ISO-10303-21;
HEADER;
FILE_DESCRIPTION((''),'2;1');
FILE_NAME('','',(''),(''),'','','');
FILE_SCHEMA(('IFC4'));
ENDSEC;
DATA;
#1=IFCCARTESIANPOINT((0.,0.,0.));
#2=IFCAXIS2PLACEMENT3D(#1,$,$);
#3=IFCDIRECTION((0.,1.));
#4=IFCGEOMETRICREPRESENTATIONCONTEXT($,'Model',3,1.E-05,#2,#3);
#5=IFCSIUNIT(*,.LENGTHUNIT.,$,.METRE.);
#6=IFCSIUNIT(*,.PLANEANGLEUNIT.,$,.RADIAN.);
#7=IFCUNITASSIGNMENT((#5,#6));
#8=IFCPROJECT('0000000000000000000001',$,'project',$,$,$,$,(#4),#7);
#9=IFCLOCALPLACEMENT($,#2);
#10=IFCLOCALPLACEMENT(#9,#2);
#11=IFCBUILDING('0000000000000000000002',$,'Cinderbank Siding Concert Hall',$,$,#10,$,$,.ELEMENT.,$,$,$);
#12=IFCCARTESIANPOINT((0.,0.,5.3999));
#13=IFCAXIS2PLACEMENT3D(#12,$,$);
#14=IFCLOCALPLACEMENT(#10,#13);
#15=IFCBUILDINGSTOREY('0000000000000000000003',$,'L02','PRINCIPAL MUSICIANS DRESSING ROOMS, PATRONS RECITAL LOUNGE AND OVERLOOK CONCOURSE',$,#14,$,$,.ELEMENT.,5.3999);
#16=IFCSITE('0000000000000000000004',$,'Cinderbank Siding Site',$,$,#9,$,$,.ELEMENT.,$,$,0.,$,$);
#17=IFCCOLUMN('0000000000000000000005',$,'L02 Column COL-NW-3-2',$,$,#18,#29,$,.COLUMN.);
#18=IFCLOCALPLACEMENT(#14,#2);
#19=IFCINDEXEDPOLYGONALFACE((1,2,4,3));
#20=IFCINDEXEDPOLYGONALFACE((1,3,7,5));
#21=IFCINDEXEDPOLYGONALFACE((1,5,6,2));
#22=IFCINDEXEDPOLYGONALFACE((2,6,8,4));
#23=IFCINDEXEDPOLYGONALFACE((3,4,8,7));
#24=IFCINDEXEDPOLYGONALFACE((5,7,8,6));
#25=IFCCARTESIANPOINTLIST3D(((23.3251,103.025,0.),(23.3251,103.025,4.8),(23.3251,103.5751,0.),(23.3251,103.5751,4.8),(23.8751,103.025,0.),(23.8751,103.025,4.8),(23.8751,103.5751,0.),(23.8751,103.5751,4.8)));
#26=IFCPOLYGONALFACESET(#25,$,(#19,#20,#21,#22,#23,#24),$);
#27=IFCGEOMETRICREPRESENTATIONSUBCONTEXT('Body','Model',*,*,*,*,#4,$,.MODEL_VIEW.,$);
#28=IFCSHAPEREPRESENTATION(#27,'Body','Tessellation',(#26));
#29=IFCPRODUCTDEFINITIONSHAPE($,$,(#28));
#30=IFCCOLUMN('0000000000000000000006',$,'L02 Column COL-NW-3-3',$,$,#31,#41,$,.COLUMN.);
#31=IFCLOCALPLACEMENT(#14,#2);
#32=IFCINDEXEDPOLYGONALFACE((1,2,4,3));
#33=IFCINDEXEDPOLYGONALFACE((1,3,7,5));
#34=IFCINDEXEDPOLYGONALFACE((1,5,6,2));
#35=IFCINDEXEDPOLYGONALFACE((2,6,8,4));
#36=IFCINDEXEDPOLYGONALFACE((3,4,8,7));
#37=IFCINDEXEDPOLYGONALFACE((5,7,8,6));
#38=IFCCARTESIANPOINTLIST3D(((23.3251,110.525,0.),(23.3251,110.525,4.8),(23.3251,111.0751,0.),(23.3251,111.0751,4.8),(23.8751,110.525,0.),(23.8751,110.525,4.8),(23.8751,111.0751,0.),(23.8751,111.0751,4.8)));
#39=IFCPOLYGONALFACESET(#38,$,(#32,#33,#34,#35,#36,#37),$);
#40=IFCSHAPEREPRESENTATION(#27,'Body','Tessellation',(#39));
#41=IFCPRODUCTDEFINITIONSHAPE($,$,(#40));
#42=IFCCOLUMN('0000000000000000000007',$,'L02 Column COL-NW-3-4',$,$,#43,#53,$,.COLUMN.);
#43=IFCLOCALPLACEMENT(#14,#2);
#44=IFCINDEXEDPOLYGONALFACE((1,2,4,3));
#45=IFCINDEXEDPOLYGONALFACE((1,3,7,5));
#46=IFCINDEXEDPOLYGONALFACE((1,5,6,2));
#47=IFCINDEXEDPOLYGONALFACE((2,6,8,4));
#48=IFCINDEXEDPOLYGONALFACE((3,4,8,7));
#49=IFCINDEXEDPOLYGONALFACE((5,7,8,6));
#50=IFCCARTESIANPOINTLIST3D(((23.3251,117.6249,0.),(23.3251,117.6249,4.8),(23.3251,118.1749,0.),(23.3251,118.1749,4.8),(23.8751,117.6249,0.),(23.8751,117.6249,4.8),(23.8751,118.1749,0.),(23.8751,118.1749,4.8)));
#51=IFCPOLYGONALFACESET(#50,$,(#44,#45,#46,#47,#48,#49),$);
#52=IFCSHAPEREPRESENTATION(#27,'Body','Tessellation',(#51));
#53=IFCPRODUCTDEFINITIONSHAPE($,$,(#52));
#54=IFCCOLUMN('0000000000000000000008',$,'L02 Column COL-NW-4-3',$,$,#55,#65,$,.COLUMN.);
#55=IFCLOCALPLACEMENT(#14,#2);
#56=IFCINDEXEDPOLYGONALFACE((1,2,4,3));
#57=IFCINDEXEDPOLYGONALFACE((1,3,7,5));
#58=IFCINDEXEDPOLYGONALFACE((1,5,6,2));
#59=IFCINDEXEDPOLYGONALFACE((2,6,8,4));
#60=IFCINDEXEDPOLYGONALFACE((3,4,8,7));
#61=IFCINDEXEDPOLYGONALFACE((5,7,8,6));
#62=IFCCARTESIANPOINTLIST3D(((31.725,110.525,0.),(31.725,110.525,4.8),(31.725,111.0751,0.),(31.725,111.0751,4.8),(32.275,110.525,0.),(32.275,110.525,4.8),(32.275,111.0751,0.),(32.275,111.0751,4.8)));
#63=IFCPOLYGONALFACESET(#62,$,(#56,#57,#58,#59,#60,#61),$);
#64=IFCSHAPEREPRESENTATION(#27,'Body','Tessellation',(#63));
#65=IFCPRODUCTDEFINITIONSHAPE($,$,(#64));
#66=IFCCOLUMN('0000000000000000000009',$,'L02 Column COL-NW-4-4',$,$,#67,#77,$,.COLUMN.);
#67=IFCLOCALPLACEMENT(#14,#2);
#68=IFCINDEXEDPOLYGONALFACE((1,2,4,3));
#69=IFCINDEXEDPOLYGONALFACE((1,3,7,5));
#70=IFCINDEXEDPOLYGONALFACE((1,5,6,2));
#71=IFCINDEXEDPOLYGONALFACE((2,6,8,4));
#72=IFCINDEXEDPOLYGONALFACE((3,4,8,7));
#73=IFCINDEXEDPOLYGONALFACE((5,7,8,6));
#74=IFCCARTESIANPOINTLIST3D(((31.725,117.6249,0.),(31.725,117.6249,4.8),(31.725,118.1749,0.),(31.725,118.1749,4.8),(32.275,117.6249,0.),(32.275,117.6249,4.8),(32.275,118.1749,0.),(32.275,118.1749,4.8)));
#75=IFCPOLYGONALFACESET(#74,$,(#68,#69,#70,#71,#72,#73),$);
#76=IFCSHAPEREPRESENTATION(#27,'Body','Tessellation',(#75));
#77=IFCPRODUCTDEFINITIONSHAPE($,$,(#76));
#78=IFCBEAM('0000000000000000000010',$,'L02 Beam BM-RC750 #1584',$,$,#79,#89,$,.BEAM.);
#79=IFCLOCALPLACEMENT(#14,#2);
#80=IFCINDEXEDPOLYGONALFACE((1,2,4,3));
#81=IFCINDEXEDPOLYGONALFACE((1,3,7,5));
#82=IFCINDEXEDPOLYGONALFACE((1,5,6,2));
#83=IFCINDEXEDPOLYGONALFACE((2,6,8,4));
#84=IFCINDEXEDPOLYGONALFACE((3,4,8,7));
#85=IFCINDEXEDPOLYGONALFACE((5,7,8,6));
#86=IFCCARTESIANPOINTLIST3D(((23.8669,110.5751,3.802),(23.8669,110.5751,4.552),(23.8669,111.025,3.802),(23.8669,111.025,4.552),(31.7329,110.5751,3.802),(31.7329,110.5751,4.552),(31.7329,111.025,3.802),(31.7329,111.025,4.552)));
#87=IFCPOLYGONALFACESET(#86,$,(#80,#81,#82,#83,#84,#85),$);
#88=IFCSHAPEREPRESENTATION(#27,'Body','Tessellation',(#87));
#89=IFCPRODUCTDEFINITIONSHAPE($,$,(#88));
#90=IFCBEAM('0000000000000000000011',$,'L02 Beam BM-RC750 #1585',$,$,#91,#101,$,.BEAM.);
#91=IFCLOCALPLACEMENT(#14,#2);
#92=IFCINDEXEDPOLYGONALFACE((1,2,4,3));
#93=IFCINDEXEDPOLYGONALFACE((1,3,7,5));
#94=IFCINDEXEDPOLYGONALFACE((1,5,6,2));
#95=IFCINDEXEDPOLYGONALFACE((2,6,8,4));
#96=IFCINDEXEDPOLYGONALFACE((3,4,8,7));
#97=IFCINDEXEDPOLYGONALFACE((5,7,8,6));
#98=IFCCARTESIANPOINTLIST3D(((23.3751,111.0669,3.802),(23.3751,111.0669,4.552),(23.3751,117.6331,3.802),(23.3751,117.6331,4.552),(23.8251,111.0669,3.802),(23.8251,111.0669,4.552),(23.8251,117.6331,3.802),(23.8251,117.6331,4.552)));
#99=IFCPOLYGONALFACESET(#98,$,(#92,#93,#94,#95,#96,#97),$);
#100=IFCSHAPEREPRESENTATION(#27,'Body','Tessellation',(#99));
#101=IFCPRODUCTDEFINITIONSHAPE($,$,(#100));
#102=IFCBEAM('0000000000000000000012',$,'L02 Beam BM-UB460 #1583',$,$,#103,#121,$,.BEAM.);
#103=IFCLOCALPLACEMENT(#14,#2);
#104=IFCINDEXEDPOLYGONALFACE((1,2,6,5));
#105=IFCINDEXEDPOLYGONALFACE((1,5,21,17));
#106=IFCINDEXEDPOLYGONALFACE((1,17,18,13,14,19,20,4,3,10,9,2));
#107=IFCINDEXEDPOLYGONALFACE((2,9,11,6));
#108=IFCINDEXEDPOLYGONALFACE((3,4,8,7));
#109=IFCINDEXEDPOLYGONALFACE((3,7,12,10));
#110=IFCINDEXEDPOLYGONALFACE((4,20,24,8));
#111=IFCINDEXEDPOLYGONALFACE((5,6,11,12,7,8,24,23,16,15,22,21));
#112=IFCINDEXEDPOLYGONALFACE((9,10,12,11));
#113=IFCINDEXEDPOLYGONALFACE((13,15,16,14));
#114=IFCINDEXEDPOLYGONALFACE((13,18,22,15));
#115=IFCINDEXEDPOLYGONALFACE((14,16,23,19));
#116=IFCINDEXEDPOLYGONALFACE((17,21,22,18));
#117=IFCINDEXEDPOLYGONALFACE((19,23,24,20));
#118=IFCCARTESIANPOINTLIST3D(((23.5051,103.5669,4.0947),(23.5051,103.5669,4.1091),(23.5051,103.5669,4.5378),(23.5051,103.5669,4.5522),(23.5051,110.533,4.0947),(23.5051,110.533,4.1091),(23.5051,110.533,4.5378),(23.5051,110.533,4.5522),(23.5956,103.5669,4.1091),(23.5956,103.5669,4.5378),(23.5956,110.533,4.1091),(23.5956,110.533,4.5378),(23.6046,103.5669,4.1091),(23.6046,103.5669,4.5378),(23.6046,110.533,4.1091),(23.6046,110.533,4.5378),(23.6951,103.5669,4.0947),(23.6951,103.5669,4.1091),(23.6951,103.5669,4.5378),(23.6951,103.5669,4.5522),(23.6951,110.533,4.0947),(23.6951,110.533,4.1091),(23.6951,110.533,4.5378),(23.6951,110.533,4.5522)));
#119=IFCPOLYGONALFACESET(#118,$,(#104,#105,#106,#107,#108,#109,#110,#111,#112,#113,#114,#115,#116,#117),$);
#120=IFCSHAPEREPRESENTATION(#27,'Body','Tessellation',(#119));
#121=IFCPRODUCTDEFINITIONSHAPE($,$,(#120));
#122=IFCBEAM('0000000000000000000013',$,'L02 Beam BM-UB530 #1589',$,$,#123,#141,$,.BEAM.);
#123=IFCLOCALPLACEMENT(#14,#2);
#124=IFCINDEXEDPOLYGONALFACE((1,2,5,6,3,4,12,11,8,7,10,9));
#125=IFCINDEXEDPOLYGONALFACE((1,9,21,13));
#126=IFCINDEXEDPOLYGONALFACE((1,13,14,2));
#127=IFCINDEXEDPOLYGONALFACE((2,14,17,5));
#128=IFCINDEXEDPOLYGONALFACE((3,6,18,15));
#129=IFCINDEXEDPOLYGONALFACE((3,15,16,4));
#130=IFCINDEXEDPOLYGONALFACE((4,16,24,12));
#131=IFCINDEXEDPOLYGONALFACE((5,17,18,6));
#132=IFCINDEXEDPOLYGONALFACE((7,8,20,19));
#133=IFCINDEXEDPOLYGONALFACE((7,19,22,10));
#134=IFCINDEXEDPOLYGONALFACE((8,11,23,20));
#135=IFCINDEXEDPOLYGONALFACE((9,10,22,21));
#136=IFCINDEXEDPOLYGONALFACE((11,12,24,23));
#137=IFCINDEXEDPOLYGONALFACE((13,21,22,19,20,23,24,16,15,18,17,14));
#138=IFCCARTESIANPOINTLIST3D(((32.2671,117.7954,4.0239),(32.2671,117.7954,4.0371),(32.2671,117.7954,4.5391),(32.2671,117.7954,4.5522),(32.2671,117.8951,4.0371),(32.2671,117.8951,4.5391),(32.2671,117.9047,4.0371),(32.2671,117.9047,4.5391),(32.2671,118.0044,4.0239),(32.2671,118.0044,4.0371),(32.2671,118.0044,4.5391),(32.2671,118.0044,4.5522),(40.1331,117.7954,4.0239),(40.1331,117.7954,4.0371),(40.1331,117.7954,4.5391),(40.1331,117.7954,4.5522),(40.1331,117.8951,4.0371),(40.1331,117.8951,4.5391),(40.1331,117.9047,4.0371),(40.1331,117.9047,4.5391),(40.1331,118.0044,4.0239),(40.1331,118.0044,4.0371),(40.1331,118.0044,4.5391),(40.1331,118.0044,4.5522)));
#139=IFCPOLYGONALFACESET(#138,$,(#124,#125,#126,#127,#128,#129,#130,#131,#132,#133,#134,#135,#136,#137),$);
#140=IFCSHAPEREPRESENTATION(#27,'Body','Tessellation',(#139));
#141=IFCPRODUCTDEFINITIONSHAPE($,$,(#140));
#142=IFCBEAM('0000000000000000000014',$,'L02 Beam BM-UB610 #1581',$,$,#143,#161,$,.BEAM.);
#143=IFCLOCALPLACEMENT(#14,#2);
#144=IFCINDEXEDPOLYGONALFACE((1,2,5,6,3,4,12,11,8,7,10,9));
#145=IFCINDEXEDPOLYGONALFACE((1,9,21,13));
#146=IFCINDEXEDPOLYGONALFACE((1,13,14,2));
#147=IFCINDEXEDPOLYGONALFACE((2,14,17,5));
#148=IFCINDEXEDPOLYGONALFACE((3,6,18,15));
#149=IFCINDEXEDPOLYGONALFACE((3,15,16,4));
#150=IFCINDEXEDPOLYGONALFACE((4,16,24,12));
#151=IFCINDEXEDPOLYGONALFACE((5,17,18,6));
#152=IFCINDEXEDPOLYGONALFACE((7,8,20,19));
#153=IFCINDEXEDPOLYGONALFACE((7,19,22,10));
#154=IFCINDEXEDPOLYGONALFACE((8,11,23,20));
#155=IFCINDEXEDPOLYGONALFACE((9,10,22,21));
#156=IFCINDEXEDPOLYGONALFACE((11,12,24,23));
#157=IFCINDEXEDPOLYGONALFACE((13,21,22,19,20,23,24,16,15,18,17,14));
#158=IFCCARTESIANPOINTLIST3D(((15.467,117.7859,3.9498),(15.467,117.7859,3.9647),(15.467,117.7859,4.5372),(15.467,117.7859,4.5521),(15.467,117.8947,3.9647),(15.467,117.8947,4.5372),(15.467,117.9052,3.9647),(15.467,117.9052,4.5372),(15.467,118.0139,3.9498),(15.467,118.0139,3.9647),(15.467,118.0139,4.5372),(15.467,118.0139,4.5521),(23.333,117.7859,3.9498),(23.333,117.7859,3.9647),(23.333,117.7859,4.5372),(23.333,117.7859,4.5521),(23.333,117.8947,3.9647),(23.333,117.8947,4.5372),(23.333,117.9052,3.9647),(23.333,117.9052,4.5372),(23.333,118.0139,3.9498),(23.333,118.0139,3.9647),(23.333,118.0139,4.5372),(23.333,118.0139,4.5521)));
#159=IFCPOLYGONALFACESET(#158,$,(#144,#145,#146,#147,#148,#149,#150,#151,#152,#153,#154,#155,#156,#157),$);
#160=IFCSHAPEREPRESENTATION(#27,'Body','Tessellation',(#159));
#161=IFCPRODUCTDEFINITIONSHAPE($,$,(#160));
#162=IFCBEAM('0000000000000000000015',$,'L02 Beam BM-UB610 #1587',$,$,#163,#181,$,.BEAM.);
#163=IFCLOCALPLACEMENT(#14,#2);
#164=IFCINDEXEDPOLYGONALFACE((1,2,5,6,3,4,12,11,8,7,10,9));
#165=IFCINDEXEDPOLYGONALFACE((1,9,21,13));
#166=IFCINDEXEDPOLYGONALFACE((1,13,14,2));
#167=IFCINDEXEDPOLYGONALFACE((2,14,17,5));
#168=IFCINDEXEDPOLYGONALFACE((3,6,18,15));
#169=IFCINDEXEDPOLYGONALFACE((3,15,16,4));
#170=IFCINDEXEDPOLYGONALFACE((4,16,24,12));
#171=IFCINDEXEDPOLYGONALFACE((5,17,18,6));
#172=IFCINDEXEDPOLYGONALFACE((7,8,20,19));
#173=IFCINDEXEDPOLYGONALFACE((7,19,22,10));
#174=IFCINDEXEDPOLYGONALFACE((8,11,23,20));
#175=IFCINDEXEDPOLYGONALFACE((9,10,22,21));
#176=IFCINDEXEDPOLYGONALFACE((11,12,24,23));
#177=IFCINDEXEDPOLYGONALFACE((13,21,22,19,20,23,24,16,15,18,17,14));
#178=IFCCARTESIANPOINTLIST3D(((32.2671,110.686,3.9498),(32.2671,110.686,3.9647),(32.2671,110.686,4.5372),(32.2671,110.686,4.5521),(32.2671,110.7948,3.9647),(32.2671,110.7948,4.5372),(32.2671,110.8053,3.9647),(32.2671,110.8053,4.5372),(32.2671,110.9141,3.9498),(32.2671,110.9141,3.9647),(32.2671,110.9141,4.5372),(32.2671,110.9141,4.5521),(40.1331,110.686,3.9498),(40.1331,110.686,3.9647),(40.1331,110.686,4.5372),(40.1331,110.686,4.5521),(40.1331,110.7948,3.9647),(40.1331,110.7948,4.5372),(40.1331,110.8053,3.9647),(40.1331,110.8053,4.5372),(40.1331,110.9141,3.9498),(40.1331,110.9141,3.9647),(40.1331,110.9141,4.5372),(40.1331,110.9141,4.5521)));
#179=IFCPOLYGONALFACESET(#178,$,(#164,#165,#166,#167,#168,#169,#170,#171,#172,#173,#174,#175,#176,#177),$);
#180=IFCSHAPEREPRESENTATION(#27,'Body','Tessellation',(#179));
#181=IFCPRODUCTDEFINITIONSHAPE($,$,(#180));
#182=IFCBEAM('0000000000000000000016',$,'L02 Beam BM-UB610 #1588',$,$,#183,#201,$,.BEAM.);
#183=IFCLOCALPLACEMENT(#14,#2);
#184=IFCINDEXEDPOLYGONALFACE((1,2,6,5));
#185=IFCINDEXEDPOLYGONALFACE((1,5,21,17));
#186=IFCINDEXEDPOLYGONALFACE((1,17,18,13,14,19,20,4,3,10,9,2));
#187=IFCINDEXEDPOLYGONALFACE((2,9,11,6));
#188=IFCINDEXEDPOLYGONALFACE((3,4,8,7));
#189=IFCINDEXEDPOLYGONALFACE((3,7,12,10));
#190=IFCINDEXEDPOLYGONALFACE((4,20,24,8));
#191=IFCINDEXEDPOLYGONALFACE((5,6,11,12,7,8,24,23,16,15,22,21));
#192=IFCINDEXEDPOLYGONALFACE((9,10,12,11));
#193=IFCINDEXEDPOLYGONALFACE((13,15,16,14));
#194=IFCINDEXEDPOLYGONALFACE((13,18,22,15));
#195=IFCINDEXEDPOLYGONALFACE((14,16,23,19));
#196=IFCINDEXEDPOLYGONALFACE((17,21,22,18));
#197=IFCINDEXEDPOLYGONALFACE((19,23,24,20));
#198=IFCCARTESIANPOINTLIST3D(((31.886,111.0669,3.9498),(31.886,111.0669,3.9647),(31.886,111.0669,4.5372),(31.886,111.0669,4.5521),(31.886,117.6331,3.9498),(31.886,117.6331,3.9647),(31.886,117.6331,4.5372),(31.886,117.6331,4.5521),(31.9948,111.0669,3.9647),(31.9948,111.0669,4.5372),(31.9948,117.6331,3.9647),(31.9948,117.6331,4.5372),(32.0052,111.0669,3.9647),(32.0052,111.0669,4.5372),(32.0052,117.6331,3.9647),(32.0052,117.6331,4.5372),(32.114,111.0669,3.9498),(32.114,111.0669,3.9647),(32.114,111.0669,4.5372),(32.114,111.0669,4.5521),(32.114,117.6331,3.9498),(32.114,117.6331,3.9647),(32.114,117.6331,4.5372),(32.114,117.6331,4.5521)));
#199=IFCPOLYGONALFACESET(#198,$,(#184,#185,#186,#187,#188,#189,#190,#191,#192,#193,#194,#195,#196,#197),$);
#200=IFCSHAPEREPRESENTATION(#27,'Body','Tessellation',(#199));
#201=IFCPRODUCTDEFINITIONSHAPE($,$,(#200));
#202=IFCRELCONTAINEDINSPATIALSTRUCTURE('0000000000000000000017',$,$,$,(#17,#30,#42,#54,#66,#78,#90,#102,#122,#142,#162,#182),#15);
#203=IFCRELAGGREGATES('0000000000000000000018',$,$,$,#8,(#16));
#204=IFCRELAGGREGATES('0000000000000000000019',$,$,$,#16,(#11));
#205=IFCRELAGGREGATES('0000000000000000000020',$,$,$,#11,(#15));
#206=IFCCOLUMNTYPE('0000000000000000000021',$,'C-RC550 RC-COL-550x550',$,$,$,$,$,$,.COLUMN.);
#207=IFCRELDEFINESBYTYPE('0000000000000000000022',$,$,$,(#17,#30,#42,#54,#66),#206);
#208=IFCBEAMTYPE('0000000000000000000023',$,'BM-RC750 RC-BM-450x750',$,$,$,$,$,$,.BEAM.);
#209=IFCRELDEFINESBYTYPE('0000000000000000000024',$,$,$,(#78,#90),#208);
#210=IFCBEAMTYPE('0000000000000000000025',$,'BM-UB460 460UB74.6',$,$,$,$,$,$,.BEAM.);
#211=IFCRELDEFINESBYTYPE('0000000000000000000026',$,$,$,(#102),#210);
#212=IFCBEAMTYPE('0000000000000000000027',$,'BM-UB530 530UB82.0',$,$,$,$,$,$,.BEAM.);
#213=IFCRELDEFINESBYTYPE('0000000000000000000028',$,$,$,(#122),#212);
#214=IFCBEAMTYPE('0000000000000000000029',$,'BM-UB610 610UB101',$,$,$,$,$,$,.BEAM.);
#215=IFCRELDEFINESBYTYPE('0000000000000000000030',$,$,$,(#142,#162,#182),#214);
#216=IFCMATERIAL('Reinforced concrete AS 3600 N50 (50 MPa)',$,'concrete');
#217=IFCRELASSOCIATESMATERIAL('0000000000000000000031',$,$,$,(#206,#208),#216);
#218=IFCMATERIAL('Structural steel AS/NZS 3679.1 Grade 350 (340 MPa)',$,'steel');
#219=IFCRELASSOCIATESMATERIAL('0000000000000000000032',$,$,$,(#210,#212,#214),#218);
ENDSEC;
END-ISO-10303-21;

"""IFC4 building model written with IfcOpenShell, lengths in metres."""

from ifc_helpers import new_model, si_unit, direction, frame, origin, origin_2d, place, context, subcontext, project, spatial, rectangle, i_section, extrude, material, material_profile, profile_set, type_object, element, save


model = new_model("IFC4")

# Units and contexts
model_context = context("Model", 3, precision=1e-05, world=origin(), true_north=direction((0.0, 1.0)))
body_context = subcontext(model_context, "Body", "Model", "MODEL_VIEW")
ifc_project = project(units=[si_unit("LENGTHUNIT", "METRE"), si_unit("PLANEANGLEUNIT", "RADIAN")], contexts=[model_context])

# Site, building, storey
site_placement = place(None, origin())
site = spatial("IfcSite", under=ifc_project, at=site_placement, Name="Cinderbank Siding Site", CompositionType="ELEMENT", RefElevation=0.0)
building_placement = place(site_placement, origin())
building = spatial("IfcBuilding", under=site, at=building_placement, Name="Cinderbank Siding Concert Hall", CompositionType="ELEMENT")
storey_placement = place(building_placement, frame((0.0, 0.0, 5.3999)))
storey = spatial("IfcBuildingStorey", under=building, at=storey_placement, Name="L02", Description="PRINCIPAL MUSICIANS DRESSING ROOMS, PATRONS RECITAL LOUNGE AND OVERLOOK CONCOURSE", CompositionType="ELEMENT", Elevation=5.3999)

# Columns
ifc_material_1 = material(Name="Reinforced concrete AS 3600 N50 (50 MPa)", Category="concrete")
ifc_material_profile_1 = material_profile(ifc_material_1, rectangle(XDim=0.55, YDim=0.55, at=origin_2d()), Name="RC-COL-550x550", Category="LoadBearing")
ifc_profile_set_1 = profile_set([ifc_material_profile_1], Name="Reinforced concrete AS 3600 N50 (50 MPa)")
column_type = type_object("IfcColumnType", Name="C-RC550 RC-COL-550x550", PredefinedType="COLUMN", material=ifc_profile_set_1)
for number, where, z_axis, x_axis, name in (
    (1, (23.6001, 103.3, 0.0), (0.0, 0.0, 1.0), (1.0, 0.0, 0.0), "L02 Column COL-NW-3-2"),
    (2, (23.6001, 110.8, 0.0), (0.0, 0.0, 1.0), (1.0, 0.0, 0.0), "L02 Column COL-NW-3-3"),
    (3, (23.6001, 117.8999, 0.0), (0.0, 0.0, 1.0), (1.0, 0.0, 0.0), "L02 Column COL-NW-3-4"),
    (4, (32.0, 110.8, 0.0), (0.0, 0.0, 1.0), (1.0, 0.0, 0.0), "L02 Column COL-NW-4-3"),
    (5, (32.0, 117.8999, 0.0), (0.0, 0.0, 1.0), (1.0, 0.0, 0.0), "L02 Column COL-NW-4-4"),
):
    element("IfcColumn", number, at=place(storey_placement, frame(where, z_axis=z_axis, x_axis=x_axis)), inside=storey, type_object=column_type, Name=name, PredefinedType="COLUMN", context=body_context, shape_type="SweptSolid", body=[
        extrude(rectangle(XDim=0.55, YDim=0.55, at=origin_2d()), origin(), (0.0, 0.0, 1.0), 4.8),
    ])

# Beams
ifc_material_profile_2 = material_profile(ifc_material_1, rectangle(XDim=0.45, YDim=0.75, at=origin_2d()), Name="RC-BM-450x750", Category="LoadBearing")
ifc_profile_set_2 = profile_set([ifc_material_profile_2], Name="Reinforced concrete AS 3600 N50 (50 MPa)")
beam_type_1 = type_object("IfcBeamType", Name="BM-RC750 RC-BM-450x750", PredefinedType="BEAM", material=ifc_profile_set_2)
beam_1_placement = place(storey_placement, frame((23.8669, 110.8, 4.177), z_axis=(1.0, 0.0, 0.0), x_axis=(0.0, 1.0, 0.0)))
element("IfcBeam", 6, at=beam_1_placement, inside=storey, type_object=beam_type_1, Name="L02 Beam BM-RC750 #1584", PredefinedType="BEAM", context=body_context, shape_type="SweptSolid", body=[
    extrude(rectangle(XDim=0.45, YDim=0.75, at=origin_2d()), origin(), (0.0, 0.0, 1.0), 7.866),
])
beam_2_placement = place(storey_placement, frame((23.6001, 111.0669, 4.177), z_axis=(0.0, 1.0, 0.0), x_axis=(-1.0, 0.0, 0.0)))
element("IfcBeam", 7, at=beam_2_placement, inside=storey, type_object=beam_type_1, Name="L02 Beam BM-RC750 #1585", PredefinedType="BEAM", context=body_context, shape_type="SweptSolid", body=[
    extrude(rectangle(XDim=0.45, YDim=0.75, at=origin_2d()), origin(), (0.0, 0.0, 1.0), 6.5662),
])
ifc_material_2 = material(Name="Structural steel AS/NZS 3679.1 Grade 350 (340 MPa)", Category="steel")
ifc_material_profile_3 = material_profile(ifc_material_2, i_section(OverallWidth=0.1899, OverallDepth=0.4575, WebThickness=0.009, FlangeThickness=0.0144, at=origin_2d()), Name="460UB74.6", Category="LoadBearing")
ifc_profile_set_3 = profile_set([ifc_material_profile_3], Name="Structural steel AS/NZS 3679.1 Grade 350 (340 MPa)")
beam_type_2 = type_object("IfcBeamType", Name="BM-UB460 460UB74.6", PredefinedType="BEAM", material=ifc_profile_set_3)
beam_3_placement = place(storey_placement, frame((23.6001, 103.5669, 4.3235), z_axis=(0.0, 1.0, 0.0), x_axis=(-1.0, 0.0, 0.0)))
element("IfcBeam", 8, at=beam_3_placement, inside=storey, type_object=beam_type_2, Name="L02 Beam BM-UB460 #1583", PredefinedType="BEAM", context=body_context, shape_type="SweptSolid", body=[
    extrude(i_section(OverallWidth=0.1899, OverallDepth=0.4575, WebThickness=0.009, FlangeThickness=0.0144, at=origin_2d()), origin(), (0.0, 0.0, 1.0), 6.9661),
])
ifc_material_profile_4 = material_profile(ifc_material_2, i_section(OverallWidth=0.209, OverallDepth=0.5283, WebThickness=0.0095, FlangeThickness=0.0132, at=origin_2d()), Name="530UB82.0", Category="LoadBearing")
ifc_profile_set_4 = profile_set([ifc_material_profile_4], Name="Structural steel AS/NZS 3679.1 Grade 350 (340 MPa)")
beam_type_3 = type_object("IfcBeamType", Name="BM-UB530 530UB82.0", PredefinedType="BEAM", material=ifc_profile_set_4)
beam_4_placement = place(storey_placement, frame((32.2671, 117.8999, 4.2881), z_axis=(1.0, 0.0, 0.0), x_axis=(0.0, 1.0, 0.0)))
element("IfcBeam", 9, at=beam_4_placement, inside=storey, type_object=beam_type_3, Name="L02 Beam BM-UB530 #1589", PredefinedType="BEAM", context=body_context, shape_type="SweptSolid", body=[
    extrude(i_section(OverallWidth=0.209, OverallDepth=0.5283, WebThickness=0.0095, FlangeThickness=0.0132, at=origin_2d()), origin(), (0.0, 0.0, 1.0), 7.866),
])
ifc_material_profile_5 = material_profile(ifc_material_2, i_section(OverallWidth=0.228, OverallDepth=0.6023, WebThickness=0.0105, FlangeThickness=0.0149, at=origin_2d()), Name="610UB101", Category="LoadBearing")
ifc_profile_set_5 = profile_set([ifc_material_profile_5], Name="Structural steel AS/NZS 3679.1 Grade 350 (340 MPa)")
beam_type_4 = type_object("IfcBeamType", Name="BM-UB610 610UB101", PredefinedType="BEAM", material=ifc_profile_set_5)
for number, where, z_axis, x_axis, name in (
    (10, (15.467, 117.8999, 4.251), (1.0, 0.0, 0.0), (0.0, 1.0, 0.0), "L02 Beam BM-UB610 #1581"),
    (11, (32.2671, 110.8, 4.251), (1.0, 0.0, 0.0), (0.0, 1.0, 0.0), "L02 Beam BM-UB610 #1587"),
):
    element("IfcBeam", number, at=place(storey_placement, frame(where, z_axis=z_axis, x_axis=x_axis)), inside=storey, type_object=beam_type_4, Name=name, PredefinedType="BEAM", context=body_context, shape_type="SweptSolid", body=[
        extrude(i_section(OverallWidth=0.228, OverallDepth=0.6023, WebThickness=0.0105, FlangeThickness=0.0149, at=origin_2d()), origin(), (0.0, 0.0, 1.0), 7.866),
    ])
beam_5_placement = place(storey_placement, frame((32.0, 111.0669, 4.251), z_axis=(0.0, 1.0, 0.0), x_axis=(-1.0, 0.0, 0.0)))
element("IfcBeam", 12, at=beam_5_placement, inside=storey, type_object=beam_type_4, Name="L02 Beam BM-UB610 #1588", PredefinedType="BEAM", context=body_context, shape_type="SweptSolid", body=[
    extrude(i_section(OverallWidth=0.228, OverallDepth=0.6023, WebThickness=0.0105, FlangeThickness=0.0149, at=origin_2d()), origin(), (0.0, 0.0, 1.0), 6.5662),
])

save(model, "model.ifc")
